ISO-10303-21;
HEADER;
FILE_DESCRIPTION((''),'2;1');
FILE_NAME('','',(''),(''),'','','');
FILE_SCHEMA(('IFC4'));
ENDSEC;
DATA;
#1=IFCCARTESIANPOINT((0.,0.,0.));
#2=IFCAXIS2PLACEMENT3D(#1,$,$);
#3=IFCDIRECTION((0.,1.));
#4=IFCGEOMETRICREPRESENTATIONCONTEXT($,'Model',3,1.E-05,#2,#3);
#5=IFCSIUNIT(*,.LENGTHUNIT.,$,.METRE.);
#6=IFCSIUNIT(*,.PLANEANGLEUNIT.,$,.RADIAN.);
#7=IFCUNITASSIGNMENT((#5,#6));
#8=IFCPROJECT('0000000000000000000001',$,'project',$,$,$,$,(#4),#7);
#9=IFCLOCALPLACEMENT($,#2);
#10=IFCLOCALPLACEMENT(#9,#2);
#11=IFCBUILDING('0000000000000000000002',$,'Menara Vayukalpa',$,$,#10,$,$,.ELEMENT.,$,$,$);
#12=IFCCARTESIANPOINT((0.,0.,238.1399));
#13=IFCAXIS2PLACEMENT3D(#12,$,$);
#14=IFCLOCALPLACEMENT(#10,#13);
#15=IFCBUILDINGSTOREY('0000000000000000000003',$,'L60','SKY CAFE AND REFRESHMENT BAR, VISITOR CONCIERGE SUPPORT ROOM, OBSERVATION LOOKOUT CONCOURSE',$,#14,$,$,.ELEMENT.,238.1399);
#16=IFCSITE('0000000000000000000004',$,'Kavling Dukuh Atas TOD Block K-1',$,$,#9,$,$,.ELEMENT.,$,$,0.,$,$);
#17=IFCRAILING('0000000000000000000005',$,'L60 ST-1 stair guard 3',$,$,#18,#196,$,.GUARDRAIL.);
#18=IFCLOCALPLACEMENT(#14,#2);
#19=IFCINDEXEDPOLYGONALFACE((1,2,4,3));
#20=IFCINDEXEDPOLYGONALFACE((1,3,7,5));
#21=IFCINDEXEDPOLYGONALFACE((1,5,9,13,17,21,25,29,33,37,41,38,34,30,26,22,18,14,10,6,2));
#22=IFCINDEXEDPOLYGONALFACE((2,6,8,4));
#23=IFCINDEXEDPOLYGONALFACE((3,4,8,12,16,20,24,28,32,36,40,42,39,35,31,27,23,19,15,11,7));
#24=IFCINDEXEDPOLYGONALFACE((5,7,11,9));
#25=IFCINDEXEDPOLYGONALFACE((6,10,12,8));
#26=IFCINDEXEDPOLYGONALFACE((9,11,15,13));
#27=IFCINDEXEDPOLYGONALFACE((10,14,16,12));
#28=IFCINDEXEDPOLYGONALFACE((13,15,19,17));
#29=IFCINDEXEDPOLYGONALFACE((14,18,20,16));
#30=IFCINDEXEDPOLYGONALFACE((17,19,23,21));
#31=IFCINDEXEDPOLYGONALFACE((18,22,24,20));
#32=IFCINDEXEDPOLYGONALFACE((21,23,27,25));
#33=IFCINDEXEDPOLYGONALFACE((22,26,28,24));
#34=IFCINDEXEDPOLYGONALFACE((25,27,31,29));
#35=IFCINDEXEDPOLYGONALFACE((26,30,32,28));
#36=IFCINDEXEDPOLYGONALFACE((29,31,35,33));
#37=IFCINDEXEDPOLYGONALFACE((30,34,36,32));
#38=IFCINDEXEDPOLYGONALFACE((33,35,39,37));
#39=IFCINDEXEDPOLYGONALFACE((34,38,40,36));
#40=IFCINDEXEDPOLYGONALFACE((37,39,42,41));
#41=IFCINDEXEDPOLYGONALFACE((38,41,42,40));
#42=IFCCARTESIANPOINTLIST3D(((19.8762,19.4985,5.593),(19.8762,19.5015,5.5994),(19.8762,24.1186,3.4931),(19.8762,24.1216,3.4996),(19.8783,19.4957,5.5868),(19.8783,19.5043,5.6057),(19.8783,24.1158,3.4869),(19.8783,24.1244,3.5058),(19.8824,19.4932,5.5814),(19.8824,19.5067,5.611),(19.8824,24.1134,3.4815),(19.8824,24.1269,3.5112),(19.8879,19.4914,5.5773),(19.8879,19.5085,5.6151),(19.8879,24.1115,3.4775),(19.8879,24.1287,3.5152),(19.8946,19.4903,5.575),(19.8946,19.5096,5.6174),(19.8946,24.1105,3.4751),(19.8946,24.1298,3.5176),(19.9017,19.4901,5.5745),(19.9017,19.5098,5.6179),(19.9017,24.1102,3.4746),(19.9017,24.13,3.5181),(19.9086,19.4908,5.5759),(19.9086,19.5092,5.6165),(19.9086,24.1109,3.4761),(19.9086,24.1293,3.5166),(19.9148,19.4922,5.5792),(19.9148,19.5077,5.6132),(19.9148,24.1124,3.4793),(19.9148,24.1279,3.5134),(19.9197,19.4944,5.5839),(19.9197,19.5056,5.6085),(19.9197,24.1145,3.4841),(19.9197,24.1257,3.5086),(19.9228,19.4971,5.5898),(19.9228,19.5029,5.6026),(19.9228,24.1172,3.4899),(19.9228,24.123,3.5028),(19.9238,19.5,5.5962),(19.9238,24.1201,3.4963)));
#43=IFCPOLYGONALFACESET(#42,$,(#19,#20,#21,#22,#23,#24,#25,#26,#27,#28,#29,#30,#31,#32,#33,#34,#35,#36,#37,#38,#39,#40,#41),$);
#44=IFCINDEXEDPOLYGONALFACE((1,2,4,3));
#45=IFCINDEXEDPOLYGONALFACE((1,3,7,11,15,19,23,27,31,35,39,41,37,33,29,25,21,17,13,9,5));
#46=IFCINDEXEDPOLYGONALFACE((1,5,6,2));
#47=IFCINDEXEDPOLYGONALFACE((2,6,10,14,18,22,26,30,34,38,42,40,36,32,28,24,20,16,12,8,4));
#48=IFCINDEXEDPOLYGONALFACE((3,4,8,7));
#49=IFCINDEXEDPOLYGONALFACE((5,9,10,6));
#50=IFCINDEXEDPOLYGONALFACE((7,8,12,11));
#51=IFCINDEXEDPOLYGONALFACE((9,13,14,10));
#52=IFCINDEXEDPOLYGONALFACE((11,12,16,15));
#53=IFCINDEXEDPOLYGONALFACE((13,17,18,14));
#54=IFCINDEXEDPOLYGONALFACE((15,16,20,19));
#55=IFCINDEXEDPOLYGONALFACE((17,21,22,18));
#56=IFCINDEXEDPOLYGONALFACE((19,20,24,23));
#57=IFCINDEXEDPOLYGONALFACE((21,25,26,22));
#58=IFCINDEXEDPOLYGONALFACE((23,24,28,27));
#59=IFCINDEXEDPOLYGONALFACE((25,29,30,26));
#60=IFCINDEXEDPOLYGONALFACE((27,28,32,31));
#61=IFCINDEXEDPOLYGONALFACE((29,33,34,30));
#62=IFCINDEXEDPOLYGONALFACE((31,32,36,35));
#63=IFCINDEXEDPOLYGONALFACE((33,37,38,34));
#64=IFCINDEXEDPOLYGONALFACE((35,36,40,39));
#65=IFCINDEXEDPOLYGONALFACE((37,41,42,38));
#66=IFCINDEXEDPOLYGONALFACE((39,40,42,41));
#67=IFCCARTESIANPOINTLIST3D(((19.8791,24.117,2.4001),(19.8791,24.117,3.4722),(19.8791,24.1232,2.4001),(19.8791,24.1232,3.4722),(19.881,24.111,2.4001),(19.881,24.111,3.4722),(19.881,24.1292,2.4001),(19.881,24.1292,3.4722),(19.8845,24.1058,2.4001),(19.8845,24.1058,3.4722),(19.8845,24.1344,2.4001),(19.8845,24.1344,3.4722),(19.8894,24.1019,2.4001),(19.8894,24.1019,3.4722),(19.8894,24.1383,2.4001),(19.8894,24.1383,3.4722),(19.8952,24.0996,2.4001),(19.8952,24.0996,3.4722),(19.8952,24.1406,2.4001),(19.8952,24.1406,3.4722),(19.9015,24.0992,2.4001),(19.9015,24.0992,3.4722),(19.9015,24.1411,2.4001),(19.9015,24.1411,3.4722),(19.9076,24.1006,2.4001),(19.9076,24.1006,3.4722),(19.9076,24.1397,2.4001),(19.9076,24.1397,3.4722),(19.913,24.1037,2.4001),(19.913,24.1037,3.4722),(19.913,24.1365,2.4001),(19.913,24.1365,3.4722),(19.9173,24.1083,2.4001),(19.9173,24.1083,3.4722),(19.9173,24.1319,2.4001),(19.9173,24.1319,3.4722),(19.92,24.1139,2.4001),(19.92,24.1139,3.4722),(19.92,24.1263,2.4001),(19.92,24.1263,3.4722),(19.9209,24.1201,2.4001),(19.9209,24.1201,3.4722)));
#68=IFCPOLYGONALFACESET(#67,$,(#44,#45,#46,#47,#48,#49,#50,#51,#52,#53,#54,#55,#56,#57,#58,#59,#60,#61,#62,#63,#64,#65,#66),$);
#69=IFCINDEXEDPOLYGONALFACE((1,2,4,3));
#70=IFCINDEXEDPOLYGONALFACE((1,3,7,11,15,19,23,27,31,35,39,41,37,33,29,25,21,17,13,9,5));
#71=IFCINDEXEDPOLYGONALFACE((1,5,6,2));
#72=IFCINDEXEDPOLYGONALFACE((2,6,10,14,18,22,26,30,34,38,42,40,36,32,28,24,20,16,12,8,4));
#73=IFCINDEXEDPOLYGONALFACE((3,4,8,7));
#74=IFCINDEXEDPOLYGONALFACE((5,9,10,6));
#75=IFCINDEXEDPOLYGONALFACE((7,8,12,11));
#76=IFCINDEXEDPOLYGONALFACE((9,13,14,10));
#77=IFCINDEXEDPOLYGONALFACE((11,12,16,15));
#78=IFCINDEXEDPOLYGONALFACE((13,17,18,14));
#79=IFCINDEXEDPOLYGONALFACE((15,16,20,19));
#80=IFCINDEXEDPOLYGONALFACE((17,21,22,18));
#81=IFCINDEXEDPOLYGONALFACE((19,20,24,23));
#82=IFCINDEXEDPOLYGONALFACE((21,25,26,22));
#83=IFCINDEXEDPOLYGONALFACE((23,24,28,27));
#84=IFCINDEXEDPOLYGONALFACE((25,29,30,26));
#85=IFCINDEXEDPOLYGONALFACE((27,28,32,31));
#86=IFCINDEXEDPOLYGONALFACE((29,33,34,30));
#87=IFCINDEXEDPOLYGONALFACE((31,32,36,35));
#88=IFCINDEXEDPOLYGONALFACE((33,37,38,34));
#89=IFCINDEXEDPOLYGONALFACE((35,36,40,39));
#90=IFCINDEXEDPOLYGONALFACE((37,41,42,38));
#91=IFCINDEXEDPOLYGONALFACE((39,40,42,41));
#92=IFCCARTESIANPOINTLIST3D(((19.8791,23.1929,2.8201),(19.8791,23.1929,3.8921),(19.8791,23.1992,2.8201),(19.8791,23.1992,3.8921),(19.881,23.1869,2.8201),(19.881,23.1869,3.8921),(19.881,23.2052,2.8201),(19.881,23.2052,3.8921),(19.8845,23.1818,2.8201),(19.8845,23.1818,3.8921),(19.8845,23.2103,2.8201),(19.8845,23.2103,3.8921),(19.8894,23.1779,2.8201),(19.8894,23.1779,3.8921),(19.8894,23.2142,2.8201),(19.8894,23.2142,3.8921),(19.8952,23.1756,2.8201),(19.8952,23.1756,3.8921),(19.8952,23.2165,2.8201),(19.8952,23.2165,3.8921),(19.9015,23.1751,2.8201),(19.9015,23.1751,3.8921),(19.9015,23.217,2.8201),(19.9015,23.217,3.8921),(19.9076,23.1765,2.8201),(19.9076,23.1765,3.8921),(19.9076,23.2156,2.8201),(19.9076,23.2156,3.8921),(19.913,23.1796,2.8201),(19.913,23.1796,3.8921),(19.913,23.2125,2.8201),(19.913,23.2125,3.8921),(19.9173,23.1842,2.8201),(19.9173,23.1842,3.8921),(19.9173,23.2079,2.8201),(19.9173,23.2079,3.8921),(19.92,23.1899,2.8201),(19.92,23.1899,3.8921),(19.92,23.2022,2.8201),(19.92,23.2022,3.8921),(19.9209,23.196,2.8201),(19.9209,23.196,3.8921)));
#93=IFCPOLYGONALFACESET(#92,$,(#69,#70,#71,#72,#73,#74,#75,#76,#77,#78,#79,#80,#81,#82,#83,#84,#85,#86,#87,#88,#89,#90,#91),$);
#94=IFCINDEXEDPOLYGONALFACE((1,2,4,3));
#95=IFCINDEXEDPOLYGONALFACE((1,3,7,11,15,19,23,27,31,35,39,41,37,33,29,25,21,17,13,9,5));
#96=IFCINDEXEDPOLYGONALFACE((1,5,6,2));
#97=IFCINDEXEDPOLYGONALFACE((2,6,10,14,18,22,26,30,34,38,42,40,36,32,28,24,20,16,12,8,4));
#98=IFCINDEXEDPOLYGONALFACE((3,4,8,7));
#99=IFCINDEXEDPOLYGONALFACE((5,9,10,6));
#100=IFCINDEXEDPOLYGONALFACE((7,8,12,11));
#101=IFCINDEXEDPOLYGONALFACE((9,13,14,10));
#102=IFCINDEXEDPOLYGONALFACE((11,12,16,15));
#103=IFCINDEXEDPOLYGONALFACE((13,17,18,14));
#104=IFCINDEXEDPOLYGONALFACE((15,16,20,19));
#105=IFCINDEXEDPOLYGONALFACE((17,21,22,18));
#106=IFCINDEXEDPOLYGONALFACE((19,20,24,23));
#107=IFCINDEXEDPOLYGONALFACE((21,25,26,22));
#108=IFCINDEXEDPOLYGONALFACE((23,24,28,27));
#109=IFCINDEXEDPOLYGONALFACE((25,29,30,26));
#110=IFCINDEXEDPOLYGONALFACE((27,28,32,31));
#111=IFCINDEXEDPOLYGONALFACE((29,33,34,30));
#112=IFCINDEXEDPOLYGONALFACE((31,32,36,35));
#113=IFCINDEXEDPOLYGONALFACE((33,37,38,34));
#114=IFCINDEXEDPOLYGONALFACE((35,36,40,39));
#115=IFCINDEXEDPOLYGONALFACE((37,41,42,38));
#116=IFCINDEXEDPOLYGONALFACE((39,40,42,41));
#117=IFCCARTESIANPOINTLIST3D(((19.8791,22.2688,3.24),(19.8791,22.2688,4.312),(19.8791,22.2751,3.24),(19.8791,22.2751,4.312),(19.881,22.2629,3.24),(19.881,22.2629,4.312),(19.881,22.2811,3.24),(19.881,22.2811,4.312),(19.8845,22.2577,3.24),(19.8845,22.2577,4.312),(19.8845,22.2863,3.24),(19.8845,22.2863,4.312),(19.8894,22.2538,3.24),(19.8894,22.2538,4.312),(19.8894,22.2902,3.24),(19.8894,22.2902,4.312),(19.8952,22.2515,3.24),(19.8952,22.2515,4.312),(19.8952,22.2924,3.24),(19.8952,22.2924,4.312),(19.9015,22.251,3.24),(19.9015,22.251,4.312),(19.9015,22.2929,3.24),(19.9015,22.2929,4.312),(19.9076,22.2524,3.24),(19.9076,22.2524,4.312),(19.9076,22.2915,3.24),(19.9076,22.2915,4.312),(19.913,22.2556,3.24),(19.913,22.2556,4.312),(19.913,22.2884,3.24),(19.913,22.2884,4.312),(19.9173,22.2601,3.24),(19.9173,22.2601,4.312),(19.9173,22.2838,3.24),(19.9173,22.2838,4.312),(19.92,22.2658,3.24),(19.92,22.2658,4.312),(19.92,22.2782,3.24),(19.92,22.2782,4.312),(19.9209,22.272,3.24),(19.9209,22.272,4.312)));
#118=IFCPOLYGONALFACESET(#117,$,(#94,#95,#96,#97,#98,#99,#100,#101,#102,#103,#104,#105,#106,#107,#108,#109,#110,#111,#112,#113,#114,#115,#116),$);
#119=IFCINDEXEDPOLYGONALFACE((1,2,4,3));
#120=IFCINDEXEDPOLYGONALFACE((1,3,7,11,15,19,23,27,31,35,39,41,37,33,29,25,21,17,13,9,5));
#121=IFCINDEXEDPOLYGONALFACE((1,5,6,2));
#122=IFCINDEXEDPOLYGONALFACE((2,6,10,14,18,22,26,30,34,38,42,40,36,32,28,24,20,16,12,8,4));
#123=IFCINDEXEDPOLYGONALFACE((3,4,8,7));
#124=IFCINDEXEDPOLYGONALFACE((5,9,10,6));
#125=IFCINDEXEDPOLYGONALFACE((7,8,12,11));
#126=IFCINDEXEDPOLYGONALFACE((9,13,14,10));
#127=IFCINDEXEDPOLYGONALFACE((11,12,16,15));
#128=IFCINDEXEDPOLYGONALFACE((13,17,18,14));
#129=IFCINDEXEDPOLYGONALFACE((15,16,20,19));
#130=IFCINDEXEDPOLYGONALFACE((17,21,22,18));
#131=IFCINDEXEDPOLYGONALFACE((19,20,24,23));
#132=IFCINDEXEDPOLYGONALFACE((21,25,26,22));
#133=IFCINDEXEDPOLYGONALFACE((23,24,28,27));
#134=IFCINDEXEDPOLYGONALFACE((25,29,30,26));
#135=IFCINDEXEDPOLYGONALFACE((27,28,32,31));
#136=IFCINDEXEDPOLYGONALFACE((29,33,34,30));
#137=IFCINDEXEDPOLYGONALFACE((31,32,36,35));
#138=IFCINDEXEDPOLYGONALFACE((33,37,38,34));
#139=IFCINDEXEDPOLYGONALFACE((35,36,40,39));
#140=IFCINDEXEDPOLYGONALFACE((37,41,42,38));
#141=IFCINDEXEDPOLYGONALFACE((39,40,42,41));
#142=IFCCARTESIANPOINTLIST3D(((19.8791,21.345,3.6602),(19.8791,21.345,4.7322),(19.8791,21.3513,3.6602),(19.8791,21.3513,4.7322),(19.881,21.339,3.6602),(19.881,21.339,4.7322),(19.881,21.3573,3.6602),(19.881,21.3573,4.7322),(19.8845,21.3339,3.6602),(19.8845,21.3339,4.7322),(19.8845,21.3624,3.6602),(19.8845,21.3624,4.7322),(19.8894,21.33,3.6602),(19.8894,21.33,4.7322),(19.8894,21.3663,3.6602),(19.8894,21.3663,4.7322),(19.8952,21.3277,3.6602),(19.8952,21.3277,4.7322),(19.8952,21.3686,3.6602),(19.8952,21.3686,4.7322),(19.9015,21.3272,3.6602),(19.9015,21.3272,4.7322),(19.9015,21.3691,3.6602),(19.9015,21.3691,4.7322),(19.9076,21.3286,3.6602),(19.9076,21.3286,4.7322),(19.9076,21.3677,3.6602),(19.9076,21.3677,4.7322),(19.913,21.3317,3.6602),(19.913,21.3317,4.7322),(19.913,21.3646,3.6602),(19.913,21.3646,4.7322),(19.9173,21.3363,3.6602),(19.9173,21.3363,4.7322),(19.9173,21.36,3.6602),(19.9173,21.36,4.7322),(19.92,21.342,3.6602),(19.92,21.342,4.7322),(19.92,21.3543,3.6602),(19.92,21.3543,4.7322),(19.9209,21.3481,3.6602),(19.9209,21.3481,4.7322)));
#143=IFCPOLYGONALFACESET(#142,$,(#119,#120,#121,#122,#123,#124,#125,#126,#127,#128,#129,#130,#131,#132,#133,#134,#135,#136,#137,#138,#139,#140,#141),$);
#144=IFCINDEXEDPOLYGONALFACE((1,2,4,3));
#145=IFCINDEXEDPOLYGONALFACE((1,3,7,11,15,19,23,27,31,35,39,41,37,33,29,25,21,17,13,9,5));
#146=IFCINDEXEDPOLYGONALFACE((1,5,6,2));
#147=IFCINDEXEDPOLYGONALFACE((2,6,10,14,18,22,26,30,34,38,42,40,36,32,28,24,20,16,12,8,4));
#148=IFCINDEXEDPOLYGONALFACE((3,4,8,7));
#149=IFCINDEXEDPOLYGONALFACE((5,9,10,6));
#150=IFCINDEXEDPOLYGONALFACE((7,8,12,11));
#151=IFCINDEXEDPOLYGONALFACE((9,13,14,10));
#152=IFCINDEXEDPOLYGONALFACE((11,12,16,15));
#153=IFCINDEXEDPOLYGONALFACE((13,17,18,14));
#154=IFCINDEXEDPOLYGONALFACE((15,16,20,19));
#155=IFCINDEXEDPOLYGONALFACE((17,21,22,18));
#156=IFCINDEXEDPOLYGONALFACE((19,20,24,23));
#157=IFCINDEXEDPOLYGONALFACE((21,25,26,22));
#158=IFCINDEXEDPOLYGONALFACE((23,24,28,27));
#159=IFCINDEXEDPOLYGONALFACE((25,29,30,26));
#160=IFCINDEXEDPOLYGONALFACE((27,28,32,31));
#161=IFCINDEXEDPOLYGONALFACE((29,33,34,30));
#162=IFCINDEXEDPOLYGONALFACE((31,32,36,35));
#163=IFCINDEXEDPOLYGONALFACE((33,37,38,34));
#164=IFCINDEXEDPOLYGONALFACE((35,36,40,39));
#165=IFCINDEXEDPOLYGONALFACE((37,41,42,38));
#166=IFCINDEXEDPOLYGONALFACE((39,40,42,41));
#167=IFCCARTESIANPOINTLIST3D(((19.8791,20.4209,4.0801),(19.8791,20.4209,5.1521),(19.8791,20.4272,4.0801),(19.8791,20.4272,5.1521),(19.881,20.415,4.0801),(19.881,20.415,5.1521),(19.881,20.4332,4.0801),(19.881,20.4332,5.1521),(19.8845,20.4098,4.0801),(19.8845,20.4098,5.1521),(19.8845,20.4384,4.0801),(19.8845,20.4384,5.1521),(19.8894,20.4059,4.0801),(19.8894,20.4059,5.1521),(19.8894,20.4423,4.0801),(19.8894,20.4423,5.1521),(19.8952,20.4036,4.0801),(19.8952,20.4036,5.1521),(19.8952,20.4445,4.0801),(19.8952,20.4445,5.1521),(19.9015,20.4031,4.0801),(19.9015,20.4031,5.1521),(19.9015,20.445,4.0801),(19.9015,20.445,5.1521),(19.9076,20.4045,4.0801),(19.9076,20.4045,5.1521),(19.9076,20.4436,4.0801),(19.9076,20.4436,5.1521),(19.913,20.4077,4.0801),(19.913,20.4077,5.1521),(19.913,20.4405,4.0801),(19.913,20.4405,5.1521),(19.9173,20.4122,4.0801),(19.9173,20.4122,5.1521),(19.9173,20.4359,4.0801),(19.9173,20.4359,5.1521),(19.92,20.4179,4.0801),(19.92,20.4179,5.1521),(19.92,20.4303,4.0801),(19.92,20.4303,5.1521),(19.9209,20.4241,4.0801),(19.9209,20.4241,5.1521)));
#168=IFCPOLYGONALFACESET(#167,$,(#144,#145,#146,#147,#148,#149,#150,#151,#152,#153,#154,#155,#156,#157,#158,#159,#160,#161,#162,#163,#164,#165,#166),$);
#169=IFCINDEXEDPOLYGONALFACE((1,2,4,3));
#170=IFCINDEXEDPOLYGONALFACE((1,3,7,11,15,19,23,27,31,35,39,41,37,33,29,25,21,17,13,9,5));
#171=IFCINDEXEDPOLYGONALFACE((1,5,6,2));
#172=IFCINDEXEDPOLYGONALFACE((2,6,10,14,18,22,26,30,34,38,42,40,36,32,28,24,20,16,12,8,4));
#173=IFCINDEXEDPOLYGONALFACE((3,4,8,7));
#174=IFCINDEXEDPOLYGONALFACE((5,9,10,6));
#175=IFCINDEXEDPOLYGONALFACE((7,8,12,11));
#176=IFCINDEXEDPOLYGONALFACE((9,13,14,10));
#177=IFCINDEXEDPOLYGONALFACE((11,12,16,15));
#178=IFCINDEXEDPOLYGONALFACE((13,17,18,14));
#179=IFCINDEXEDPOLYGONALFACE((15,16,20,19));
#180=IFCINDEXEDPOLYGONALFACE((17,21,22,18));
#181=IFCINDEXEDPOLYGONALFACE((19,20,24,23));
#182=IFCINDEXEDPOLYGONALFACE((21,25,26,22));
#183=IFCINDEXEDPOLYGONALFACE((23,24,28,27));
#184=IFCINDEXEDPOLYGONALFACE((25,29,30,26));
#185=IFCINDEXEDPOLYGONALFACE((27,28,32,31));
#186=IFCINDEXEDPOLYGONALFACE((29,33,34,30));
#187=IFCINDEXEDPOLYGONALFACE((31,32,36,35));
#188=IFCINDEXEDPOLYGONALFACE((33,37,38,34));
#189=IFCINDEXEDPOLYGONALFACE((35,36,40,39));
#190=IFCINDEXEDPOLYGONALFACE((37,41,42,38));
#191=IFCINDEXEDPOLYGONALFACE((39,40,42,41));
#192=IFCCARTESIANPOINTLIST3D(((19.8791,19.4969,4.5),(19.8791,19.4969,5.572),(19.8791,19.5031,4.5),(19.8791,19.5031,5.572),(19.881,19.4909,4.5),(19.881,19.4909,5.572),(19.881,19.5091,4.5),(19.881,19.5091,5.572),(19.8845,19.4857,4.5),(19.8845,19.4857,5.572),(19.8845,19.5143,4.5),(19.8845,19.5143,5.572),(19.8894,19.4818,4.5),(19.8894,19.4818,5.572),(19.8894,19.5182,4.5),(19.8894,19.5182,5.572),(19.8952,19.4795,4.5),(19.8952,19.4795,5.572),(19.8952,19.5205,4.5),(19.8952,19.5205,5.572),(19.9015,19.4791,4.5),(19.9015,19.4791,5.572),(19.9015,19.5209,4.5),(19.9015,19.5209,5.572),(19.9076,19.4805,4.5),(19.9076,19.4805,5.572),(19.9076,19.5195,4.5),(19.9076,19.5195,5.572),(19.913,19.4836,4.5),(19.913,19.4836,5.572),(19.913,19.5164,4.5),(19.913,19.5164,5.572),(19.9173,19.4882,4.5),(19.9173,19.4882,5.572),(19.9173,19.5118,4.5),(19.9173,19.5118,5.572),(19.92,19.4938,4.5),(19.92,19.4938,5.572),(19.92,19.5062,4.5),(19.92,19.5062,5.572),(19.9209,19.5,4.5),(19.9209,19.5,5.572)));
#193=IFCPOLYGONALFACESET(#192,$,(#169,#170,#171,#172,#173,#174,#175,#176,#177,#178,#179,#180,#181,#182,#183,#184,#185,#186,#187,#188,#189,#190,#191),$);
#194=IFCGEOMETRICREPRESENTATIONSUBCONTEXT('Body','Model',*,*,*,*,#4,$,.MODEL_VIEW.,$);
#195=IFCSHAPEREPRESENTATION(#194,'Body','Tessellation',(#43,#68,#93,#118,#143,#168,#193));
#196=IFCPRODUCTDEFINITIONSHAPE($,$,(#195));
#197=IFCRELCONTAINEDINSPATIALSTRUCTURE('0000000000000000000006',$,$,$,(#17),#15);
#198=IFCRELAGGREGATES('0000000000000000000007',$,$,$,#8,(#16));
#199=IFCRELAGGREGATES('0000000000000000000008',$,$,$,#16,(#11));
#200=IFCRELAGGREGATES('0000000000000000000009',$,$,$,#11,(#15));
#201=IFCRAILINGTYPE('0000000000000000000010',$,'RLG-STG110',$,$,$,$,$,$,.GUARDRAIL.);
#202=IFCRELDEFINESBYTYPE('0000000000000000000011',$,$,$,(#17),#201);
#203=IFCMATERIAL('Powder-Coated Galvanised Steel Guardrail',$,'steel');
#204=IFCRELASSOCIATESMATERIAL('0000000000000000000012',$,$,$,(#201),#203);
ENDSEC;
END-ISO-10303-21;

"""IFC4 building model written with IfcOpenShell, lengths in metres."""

from ifc_helpers import new_model, si_unit, direction, frame, origin, origin_2d, place, context, subcontext, project, spatial, circle, extrude, material, type_object, element, save


model = new_model("IFC4")

# Units and contexts
model_context = context("Model", 3, precision=1e-05, world=origin(), true_north=direction((0.0, 1.0)))
body_context = subcontext(model_context, "Body", "Model", "MODEL_VIEW")
ifc_project = project(units=[si_unit("LENGTHUNIT", "METRE"), si_unit("PLANEANGLEUNIT", "RADIAN")], contexts=[model_context])

# Site, building, storey
site_placement = place(None, origin())
site = spatial("IfcSite", under=ifc_project, at=site_placement, Name="Kavling Dukuh Atas TOD Block K-1", CompositionType="ELEMENT", RefElevation=0.0)
building_placement = place(site_placement, origin())
building = spatial("IfcBuilding", under=site, at=building_placement, Name="Menara Vayukalpa", CompositionType="ELEMENT")
storey_placement = place(building_placement, frame((0.0, 0.0, 238.1399)))
storey = spatial("IfcBuildingStorey", under=building, at=storey_placement, Name="L60", Description="SKY CAFE AND REFRESHMENT BAR, VISITOR CONCIERGE SUPPORT ROOM, OBSERVATION LOOKOUT CONCOURSE", CompositionType="ELEMENT", Elevation=238.1399)

# Railing
ifc_material_1 = material(Name="Powder-Coated Galvanised Steel Guardrail", Category="steel")
railing_type_1 = type_object("IfcRailingType", Name="RLG-STG110", PredefinedType="GUARDRAIL", material=ifc_material_1)
railing_1_placement = place(storey_placement, frame((19.8999, 24.1201, 2.4001)))
element("IfcRailing", 1, at=railing_1_placement, inside=storey, type_object=railing_type_1, Name="L60 ST-1 stair guard 3", PredefinedType="GUARDRAIL", context=body_context, shape_type="SweptSolid", body=[
    extrude(circle(Radius=0.0239, at=origin_2d()), frame((0.0, 0.0, 1.0962), z_axis=(0.0, -0.910381, 0.41377), x_axis=(1.0, 0.0, 0.0)), (0.0, 0.0, 1.0), 5.075),
    extrude(circle(Radius=0.021, at=origin_2d()), origin(), (0.0, 0.0, 1.0), 1.072),
    extrude(circle(Radius=0.021, at=origin_2d()), frame((0.0, -0.9241, 0.4199)), (0.0, 0.0, 1.0), 1.072),
    extrude(circle(Radius=0.021, at=origin_2d()), frame((0.0, -1.8481, 0.8398)), (0.0, 0.0, 1.0), 1.072),
    extrude(circle(Radius=0.021, at=origin_2d()), frame((0.0, -2.772, 1.26)), (0.0, 0.0, 1.0), 1.072),
    extrude(circle(Radius=0.021, at=origin_2d()), frame((0.0, -3.696, 1.6799)), (0.0, 0.0, 1.0), 1.072),
    extrude(circle(Radius=0.021, at=origin_2d()), frame((0.0, -4.6201, 2.0999)), (0.0, 0.0, 1.0), 1.072),
])

save(model, "model.ifc")
